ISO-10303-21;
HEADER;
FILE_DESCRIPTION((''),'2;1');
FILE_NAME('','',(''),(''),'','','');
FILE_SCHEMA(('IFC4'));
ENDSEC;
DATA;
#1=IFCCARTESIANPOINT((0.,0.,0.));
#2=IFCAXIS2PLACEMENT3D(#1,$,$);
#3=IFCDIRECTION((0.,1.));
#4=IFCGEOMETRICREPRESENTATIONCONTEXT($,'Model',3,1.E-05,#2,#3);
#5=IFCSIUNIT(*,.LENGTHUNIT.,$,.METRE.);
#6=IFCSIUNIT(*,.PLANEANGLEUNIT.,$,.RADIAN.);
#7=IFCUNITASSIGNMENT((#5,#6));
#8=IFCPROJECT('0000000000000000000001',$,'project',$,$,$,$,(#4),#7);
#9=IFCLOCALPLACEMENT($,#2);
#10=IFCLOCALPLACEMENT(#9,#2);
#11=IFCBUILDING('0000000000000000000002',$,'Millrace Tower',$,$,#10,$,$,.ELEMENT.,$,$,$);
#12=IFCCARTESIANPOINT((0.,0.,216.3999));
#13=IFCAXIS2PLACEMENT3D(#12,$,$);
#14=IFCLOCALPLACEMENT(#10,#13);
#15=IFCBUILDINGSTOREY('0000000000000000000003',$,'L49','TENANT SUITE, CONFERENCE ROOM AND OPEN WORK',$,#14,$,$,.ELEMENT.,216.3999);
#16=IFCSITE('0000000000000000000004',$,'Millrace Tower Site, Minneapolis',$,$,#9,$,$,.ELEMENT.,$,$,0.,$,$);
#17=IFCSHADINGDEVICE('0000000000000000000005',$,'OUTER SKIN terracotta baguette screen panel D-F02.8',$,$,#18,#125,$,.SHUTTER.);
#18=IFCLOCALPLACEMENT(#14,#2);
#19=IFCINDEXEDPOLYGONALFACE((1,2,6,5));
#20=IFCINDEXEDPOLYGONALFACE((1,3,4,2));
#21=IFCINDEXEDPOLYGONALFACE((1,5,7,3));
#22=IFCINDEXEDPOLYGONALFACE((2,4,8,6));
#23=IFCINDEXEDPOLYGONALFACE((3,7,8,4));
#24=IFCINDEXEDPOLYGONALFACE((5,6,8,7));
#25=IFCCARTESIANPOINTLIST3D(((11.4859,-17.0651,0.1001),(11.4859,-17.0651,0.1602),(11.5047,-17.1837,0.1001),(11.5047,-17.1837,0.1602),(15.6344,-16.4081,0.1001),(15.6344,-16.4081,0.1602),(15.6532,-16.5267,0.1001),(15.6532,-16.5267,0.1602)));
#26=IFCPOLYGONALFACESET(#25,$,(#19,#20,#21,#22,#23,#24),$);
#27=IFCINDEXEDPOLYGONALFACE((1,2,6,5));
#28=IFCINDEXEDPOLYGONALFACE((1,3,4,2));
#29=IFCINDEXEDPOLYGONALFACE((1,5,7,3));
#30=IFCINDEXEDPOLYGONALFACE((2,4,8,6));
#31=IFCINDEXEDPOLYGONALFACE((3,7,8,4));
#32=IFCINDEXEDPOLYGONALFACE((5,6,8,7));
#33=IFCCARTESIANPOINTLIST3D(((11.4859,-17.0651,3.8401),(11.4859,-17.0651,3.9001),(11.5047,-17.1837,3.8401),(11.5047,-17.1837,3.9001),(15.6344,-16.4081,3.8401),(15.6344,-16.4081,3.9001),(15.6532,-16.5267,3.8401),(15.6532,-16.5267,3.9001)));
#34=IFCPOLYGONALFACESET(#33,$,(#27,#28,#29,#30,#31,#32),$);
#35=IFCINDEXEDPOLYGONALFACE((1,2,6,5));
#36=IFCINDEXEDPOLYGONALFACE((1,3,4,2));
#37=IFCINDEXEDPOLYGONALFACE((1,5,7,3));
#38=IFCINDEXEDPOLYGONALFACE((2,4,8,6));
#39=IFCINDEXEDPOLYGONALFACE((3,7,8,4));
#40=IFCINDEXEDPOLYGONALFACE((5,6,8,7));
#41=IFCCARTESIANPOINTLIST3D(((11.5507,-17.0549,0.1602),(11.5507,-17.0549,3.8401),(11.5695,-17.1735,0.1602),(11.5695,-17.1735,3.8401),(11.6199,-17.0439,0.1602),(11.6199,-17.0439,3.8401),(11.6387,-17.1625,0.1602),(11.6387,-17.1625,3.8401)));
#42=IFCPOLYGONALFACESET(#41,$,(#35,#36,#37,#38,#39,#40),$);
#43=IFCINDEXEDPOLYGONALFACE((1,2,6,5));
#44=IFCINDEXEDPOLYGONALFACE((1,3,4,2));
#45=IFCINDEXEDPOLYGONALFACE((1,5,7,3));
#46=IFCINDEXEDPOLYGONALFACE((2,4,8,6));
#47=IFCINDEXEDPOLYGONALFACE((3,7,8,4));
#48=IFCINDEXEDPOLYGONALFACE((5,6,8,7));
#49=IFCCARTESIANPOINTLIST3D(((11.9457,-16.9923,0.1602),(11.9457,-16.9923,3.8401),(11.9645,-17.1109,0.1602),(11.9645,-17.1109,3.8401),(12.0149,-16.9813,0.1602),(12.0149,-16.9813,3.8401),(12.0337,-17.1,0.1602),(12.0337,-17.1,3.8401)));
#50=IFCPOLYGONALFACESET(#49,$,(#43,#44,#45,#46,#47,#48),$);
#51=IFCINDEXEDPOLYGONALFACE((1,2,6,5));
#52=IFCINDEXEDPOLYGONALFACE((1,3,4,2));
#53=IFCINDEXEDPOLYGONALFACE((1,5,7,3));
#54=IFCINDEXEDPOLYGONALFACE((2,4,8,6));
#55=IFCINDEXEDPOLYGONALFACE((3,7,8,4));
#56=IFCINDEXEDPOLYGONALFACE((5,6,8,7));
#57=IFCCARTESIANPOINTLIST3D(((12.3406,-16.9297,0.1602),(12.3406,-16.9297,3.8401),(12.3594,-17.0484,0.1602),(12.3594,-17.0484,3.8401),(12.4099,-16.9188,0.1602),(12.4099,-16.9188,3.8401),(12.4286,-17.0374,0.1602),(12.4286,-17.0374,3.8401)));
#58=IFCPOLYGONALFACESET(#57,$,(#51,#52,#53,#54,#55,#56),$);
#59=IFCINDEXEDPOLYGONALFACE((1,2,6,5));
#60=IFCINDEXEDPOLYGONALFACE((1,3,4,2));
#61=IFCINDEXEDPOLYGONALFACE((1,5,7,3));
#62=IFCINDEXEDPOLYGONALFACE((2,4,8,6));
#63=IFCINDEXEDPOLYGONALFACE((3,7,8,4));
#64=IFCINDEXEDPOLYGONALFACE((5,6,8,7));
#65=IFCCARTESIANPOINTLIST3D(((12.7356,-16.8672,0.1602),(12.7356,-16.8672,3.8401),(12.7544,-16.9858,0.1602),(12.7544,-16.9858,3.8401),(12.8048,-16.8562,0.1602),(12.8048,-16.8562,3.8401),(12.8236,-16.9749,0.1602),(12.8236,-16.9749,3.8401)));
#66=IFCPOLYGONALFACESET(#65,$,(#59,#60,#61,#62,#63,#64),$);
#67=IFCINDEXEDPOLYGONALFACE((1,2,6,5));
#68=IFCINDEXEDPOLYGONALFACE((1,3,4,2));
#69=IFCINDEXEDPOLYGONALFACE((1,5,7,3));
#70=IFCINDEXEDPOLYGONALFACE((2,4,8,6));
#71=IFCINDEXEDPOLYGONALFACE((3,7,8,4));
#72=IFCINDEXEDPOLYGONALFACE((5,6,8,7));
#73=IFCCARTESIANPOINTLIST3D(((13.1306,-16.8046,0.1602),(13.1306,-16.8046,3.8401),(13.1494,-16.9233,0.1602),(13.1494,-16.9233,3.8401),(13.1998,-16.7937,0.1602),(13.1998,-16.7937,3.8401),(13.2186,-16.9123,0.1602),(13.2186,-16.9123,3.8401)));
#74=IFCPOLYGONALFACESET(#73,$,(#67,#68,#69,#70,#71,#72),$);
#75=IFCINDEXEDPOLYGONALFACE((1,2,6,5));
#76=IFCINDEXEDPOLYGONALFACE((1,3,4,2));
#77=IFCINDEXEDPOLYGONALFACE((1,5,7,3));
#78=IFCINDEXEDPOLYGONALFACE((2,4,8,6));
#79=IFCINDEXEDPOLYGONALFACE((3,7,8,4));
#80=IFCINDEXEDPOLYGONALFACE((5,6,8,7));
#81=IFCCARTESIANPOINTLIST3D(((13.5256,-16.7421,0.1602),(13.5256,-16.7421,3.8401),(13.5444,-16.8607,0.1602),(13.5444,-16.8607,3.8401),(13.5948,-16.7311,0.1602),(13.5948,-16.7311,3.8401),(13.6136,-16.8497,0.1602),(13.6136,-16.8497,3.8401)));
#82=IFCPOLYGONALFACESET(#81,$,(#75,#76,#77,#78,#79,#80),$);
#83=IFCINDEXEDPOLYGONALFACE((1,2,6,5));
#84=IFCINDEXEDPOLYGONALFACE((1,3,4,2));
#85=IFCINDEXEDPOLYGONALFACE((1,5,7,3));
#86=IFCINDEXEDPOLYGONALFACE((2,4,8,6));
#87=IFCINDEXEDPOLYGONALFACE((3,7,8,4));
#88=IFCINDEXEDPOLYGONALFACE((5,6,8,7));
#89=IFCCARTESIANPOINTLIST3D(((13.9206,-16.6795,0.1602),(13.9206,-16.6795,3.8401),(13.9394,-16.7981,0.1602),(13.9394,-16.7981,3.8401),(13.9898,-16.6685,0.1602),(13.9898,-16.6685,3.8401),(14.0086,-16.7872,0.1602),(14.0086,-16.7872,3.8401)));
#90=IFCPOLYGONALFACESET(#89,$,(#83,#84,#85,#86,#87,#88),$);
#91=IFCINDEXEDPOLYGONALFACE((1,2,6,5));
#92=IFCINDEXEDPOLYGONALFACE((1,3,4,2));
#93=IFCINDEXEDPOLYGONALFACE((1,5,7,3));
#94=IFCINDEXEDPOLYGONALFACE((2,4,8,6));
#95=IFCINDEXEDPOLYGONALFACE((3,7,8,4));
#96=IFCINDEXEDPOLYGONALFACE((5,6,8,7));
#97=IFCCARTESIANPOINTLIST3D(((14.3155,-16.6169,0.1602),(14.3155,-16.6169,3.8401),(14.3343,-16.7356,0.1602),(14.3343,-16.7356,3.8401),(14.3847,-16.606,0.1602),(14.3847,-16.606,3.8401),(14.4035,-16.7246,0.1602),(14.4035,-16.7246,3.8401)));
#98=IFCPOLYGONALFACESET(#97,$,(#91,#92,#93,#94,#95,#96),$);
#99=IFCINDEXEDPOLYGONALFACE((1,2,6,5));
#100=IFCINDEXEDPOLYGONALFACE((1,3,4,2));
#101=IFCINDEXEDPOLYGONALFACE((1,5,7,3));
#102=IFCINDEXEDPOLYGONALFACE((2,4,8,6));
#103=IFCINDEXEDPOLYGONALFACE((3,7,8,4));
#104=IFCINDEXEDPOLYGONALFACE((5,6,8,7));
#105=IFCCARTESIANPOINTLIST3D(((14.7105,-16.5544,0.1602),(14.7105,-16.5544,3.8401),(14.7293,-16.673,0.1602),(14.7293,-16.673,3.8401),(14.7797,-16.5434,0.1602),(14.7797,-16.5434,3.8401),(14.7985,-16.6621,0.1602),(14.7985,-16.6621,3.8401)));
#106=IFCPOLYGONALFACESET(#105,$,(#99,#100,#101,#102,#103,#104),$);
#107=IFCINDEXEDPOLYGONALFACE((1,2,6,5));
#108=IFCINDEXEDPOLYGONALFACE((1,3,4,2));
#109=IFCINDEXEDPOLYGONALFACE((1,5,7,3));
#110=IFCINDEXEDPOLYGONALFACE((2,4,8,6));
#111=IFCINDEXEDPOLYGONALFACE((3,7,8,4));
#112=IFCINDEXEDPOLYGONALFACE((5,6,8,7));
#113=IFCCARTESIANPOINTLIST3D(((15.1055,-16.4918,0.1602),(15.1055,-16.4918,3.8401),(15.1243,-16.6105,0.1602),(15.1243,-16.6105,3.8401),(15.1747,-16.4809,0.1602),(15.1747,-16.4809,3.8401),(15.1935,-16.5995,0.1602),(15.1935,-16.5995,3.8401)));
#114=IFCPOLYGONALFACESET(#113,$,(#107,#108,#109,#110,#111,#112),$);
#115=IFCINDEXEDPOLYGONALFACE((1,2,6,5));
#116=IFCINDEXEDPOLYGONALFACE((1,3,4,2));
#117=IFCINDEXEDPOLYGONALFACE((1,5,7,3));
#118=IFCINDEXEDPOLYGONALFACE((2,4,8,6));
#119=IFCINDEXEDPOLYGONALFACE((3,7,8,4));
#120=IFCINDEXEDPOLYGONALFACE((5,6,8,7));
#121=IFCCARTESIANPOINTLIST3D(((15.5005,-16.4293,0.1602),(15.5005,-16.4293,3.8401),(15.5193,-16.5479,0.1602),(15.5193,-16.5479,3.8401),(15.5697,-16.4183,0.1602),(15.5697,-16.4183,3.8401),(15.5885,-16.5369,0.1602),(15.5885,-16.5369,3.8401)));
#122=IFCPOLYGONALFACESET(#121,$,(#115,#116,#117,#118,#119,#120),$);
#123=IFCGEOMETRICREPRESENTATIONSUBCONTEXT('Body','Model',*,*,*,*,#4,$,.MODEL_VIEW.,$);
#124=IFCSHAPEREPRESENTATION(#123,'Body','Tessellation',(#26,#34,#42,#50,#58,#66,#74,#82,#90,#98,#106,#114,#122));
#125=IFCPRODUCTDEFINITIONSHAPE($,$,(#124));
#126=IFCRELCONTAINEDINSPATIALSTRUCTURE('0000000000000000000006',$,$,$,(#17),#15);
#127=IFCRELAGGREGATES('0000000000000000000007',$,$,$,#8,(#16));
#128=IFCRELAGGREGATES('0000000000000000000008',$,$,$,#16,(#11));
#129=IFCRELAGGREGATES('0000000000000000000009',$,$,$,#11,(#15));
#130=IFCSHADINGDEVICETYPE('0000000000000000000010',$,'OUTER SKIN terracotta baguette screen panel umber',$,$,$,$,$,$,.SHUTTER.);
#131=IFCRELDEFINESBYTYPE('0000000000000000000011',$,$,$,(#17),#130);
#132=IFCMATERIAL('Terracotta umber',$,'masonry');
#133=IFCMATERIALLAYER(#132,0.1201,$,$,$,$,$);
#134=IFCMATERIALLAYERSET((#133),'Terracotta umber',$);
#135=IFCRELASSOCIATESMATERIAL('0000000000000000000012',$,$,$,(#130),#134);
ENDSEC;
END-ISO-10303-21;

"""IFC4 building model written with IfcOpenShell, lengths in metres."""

from ifc_helpers import new_model, entity, si_unit, direction, frame, frame_2d, origin, origin_2d, place, context, subcontext, project, spatial, rectangle, extrude, source, transform, mapped, material, layer, layer_set, type_object, element, save


model = new_model("IFC4")

# Units and contexts
model_context = context("Model", 3, precision=1e-05, world=origin(), true_north=direction((0.0, 1.0)))
body_context = subcontext(model_context, "Body", "Model", "MODEL_VIEW")
ifc_project = project(units=[si_unit("LENGTHUNIT", "METRE"), si_unit("PLANEANGLEUNIT", "RADIAN")], contexts=[model_context])

# Site, building, storey
site_placement = place(None, origin())
site = spatial("IfcSite", under=ifc_project, at=site_placement, Name="Millrace Tower Site, Minneapolis", CompositionType="ELEMENT", RefElevation=0.0)
building_placement = place(site_placement, origin())
building = spatial("IfcBuilding", under=site, at=building_placement, Name="Millrace Tower", CompositionType="ELEMENT")
storey_placement = place(building_placement, frame((0.0, 0.0, 216.3999)))
storey = spatial("IfcBuildingStorey", under=building, at=storey_placement, Name="L49", Description="TENANT SUITE, CONFERENCE ROOM AND OPEN WORK", CompositionType="ELEMENT", Elevation=216.3999)

# Shading device
ifc_material_1 = material(Name="Terracotta umber", Category="masonry")
ifc_layer_1 = layer(ifc_material_1, 0.1201)
ifc_layer_set_1 = layer_set([ifc_layer_1], Name="Terracotta umber")
shading_device_type = type_object("IfcShadingDeviceType", Name="OUTER SKIN terracotta baguette screen panel umber", PredefinedType="SHUTTER", material=ifc_layer_set_1)
cartesian_point = entity("IfcCartesianPoint", [-2.1001, 0.0601])
shared_polyline = entity("IfcPolyline", [cartesian_point, entity("IfcCartesianPoint", [2.1001, 0.0601]), entity("IfcCartesianPoint", [2.1001, -0.0601]), entity("IfcCartesianPoint", [-2.1001, -0.0601]), cartesian_point])
shared_shape = source(origin(), body_context, "Body", "SweptSolid", [
    entity("IfcExtrudedAreaSolid", entity("IfcArbitraryClosedProfileDef", "AREA", None, shared_polyline), entity("IfcAxis2Placement3D", entity("IfcCartesianPoint", [0.0, 0.0, 0.0])), entity("IfcDirection", [0.0, 0.0, 1.0]), 0.0601),
    entity("IfcExtrudedAreaSolid", entity("IfcArbitraryClosedProfileDef", "AREA", None, shared_polyline), entity("IfcAxis2Placement3D", entity("IfcCartesianPoint", [0.0, 0.0, 3.74])), entity("IfcDirection", [0.0, 0.0, 1.0]), 0.0601),
    extrude(rectangle(XDim=0.0701, YDim=0.1201, at=frame_2d((-1.9995, 0.0))), frame((0.0, 0.0, 0.0601)), (0.0, 0.0, 1.0), 3.6799),
    extrude(rectangle(XDim=0.0701, YDim=0.1201, at=frame_2d((-1.5996, 0.0))), frame((0.0, 0.0, 0.0601)), (0.0, 0.0, 1.0), 3.6799),
    extrude(rectangle(XDim=0.0701, YDim=0.1201, at=frame_2d((-1.1997, 0.0))), frame((0.0, 0.0, 0.0601)), (0.0, 0.0, 1.0), 3.6799),
    extrude(rectangle(XDim=0.0701, YDim=0.1201, at=frame_2d((-0.7998, 0.0))), frame((0.0, 0.0, 0.0601)), (0.0, 0.0, 1.0), 3.6799),
    extrude(rectangle(XDim=0.0701, YDim=0.1201, at=frame_2d((-0.3999, 0.0))), frame((0.0, 0.0, 0.0601)), (0.0, 0.0, 1.0), 3.6799),
    extrude(rectangle(XDim=0.0701, YDim=0.1201, at=origin_2d()), frame((0.0, 0.0, 0.0601)), (0.0, 0.0, 1.0), 3.6799),
    extrude(rectangle(XDim=0.0701, YDim=0.1201, at=frame_2d((0.3999, 0.0))), frame((0.0, 0.0, 0.0601)), (0.0, 0.0, 1.0), 3.6799),
    extrude(rectangle(XDim=0.0701, YDim=0.1201, at=frame_2d((0.7998, 0.0))), frame((0.0, 0.0, 0.0601)), (0.0, 0.0, 1.0), 3.6799),
    extrude(rectangle(XDim=0.0701, YDim=0.1201, at=frame_2d((1.1997, 0.0))), frame((0.0, 0.0, 0.0601)), (0.0, 0.0, 1.0), 3.6799),
    extrude(rectangle(XDim=0.0701, YDim=0.1201, at=frame_2d((1.5996, 0.0))), frame((0.0, 0.0, 0.0601)), (0.0, 0.0, 1.0), 3.6799),
    extrude(rectangle(XDim=0.0701, YDim=0.1201, at=frame_2d((1.9995, 0.0))), frame((0.0, 0.0, 0.0601)), (0.0, 0.0, 1.0), 3.6799),
])
for number, where, z_axis, x_axis, name in (
    (1, (13.5696, -16.7959, 0.1001), (0.0, 0.0, 1.0), (0.987688, 0.156434, 0.0), "OUTER SKIN terracotta baguette screen panel D-F02.8"),
):
    element("IfcShadingDevice", number, at=place(storey_placement, frame(where, z_axis=z_axis, x_axis=x_axis)), inside=storey, type_object=shading_device_type, Name=name, PredefinedType="SHUTTER", context=body_context, shape_type="MappedRepresentation", body=[
        mapped(shared_shape, transform((0.0, 0.0, 0.0), scale=1.0)),
    ])

save(model, "model.ifc")
